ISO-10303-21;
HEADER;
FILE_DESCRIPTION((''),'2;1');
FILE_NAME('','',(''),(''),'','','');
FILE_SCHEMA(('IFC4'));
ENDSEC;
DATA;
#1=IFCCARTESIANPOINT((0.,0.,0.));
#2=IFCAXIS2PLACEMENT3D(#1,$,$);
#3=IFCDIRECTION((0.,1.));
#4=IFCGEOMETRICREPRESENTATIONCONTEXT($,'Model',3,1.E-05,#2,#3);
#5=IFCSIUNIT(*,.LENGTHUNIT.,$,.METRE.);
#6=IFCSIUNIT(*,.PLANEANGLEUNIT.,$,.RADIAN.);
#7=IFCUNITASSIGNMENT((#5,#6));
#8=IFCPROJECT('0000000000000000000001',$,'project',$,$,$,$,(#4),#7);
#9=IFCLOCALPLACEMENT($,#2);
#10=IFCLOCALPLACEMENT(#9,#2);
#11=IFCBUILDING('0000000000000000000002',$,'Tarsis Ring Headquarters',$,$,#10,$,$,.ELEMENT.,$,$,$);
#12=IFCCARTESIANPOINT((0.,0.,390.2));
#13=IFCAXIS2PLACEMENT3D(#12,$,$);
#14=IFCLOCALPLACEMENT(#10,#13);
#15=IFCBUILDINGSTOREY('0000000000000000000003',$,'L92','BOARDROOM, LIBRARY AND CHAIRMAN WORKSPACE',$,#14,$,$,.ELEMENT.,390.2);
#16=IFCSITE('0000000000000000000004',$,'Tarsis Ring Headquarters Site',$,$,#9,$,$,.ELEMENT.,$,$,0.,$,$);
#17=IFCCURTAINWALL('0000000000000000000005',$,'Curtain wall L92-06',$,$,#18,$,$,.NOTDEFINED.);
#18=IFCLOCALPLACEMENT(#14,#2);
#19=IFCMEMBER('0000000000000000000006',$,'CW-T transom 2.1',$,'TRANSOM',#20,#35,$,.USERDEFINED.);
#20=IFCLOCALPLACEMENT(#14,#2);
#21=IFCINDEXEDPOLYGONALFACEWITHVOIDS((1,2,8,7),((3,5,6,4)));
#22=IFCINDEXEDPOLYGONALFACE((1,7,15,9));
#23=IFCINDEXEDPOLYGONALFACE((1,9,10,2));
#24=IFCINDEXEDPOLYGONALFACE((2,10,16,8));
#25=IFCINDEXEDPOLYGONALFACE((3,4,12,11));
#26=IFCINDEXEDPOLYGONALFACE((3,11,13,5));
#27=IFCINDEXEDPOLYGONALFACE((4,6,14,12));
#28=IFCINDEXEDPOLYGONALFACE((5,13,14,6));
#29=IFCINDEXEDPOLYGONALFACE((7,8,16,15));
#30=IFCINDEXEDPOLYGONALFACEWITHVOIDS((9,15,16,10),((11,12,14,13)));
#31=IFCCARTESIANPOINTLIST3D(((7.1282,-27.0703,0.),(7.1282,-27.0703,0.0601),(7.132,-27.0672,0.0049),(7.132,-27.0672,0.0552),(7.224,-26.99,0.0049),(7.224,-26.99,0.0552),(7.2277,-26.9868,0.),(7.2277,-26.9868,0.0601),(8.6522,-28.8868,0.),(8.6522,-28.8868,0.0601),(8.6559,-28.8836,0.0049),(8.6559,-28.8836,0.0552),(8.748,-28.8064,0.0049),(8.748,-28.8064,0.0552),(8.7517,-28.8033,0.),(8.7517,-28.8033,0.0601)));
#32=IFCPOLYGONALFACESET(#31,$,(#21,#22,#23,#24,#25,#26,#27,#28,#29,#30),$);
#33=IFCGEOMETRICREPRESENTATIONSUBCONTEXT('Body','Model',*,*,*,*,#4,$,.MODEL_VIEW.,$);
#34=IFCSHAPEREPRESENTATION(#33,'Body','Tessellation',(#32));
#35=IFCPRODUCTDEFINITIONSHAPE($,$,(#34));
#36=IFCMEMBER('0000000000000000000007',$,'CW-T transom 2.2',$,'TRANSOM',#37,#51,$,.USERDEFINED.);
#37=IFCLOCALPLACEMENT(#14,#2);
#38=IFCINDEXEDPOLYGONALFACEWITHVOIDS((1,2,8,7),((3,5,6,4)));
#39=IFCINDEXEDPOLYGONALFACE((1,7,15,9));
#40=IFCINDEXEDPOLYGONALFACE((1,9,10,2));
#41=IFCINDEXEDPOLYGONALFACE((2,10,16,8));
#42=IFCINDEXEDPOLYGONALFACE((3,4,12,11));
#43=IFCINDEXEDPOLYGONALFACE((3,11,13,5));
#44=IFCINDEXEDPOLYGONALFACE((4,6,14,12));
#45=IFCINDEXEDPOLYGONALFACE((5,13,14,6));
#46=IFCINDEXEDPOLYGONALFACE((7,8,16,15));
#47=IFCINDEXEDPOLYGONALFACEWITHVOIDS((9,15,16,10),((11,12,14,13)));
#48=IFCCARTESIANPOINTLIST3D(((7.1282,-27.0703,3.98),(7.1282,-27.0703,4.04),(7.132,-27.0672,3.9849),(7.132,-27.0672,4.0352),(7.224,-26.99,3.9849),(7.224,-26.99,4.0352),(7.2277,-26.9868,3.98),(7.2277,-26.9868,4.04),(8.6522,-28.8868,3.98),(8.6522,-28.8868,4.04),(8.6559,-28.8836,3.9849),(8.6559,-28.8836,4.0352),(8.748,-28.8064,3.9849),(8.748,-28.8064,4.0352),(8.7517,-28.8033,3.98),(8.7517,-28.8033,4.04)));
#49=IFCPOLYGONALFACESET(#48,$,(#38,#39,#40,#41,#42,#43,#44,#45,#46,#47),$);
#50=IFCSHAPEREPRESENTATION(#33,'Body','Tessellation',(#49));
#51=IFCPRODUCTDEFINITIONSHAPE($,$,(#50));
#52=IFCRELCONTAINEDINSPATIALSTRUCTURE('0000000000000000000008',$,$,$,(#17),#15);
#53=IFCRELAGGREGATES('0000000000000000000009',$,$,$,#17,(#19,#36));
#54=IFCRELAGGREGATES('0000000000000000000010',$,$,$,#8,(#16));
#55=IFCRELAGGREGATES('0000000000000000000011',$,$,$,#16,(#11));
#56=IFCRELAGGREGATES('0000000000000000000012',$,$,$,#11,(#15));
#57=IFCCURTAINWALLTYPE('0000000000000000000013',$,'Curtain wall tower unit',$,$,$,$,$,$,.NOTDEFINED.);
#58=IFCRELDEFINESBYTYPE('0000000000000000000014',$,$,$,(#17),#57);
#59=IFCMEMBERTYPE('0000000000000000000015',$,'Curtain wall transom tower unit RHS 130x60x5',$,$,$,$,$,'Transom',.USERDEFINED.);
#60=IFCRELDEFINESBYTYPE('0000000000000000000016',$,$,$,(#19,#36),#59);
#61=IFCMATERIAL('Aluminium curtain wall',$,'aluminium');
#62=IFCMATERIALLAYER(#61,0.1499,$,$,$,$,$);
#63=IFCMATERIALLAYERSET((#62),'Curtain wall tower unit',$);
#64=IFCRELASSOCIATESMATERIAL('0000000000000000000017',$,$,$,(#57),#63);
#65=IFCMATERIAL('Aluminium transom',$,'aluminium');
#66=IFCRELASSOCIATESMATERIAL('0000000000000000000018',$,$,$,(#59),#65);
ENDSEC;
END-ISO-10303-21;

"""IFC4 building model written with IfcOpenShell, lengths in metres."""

from ifc_helpers import new_model, si_unit, direction, frame, origin, origin_2d, place, context, subcontext, project, spatial, hollow_rectangle, extrude, material, layer, layer_set, material_profile, profile_set, type_object, element, aggregate, save


model = new_model("IFC4")

# Units and contexts
model_context = context("Model", 3, precision=1e-05, world=origin(), true_north=direction((0.0, 1.0)))
body_context = subcontext(model_context, "Body", "Model", "MODEL_VIEW")
ifc_project = project(units=[si_unit("LENGTHUNIT", "METRE"), si_unit("PLANEANGLEUNIT", "RADIAN")], contexts=[model_context])

# Site, building, storey
site_placement = place(None, origin())
site = spatial("IfcSite", under=ifc_project, at=site_placement, Name="Tarsis Ring Headquarters Site", CompositionType="ELEMENT", RefElevation=0.0)
building_placement = place(site_placement, origin())
building = spatial("IfcBuilding", under=site, at=building_placement, Name="Tarsis Ring Headquarters", CompositionType="ELEMENT")
storey_placement = place(building_placement, frame((0.0, 0.0, 390.2)))
storey = spatial("IfcBuildingStorey", under=building, at=storey_placement, Name="L92", Description="BOARDROOM, LIBRARY AND CHAIRMAN WORKSPACE", CompositionType="ELEMENT", Elevation=390.2)

# Curtain wall, members
ifc_material_1 = material(Name="Aluminium curtain wall", Category="aluminium")
ifc_layer_1 = layer(ifc_material_1, 0.1499)
ifc_layer_set_1 = layer_set([ifc_layer_1], Name="Curtain wall tower unit")
curtain_wall_type = type_object("IfcCurtainWallType", Name="Curtain wall tower unit", PredefinedType="NOTDEFINED", material=ifc_layer_set_1)
curtain_wall_placement = place(storey_placement, origin())
curtain_wall = element("IfcCurtainWall", 1, at=curtain_wall_placement, inside=storey, type_object=curtain_wall_type, Name="Curtain wall L92-06", PredefinedType="NOTDEFINED")
ifc_material_2 = material(Name="Aluminium transom", Category="aluminium")
ifc_material_profile = material_profile(ifc_material_2, hollow_rectangle(XDim=0.1299, YDim=0.0601, WallThickness=0.0049, at=origin_2d()), Name="RHS 130x60x5")
ifc_profile_set = profile_set([ifc_material_profile], Name="Aluminium transom")
member_type = type_object("IfcMemberType", Name="Curtain wall transom tower unit RHS 130x60x5", ElementType="Transom", PredefinedType="USERDEFINED", material=ifc_profile_set)
member_1_placement = place(storey_placement, frame((7.178, -27.0286, 0.03), z_axis=(0.642733, -0.76609, 0.0), x_axis=(0.76609, 0.642733, 0.0)))
member_1 = element("IfcMember", 2, at=member_1_placement, type_object=member_type, Name="CW-T transom 2.1", ObjectType="TRANSOM", PredefinedType="USERDEFINED", context=body_context, shape_type="SweptSolid", body=[
    extrude(hollow_rectangle(XDim=0.1299, YDim=0.0601, WallThickness=0.0049, at=origin_2d()), origin(), (0.0, 0.0, 1.0), 2.3711),
])
member_2_placement = place(storey_placement, frame((7.178, -27.0286, 4.01), z_axis=(0.642733, -0.76609, 0.0), x_axis=(0.76609, 0.642733, 0.0)))
member_2 = element("IfcMember", 3, at=member_2_placement, type_object=member_type, Name="CW-T transom 2.2", ObjectType="TRANSOM", PredefinedType="USERDEFINED", context=body_context, shape_type="SweptSolid", body=[
    extrude(hollow_rectangle(XDim=0.1299, YDim=0.0601, WallThickness=0.0049, at=origin_2d()), origin(), (0.0, 0.0, 1.0), 2.3711),
])
aggregate(curtain_wall, [member_1, member_2])

save(model, "model.ifc")
